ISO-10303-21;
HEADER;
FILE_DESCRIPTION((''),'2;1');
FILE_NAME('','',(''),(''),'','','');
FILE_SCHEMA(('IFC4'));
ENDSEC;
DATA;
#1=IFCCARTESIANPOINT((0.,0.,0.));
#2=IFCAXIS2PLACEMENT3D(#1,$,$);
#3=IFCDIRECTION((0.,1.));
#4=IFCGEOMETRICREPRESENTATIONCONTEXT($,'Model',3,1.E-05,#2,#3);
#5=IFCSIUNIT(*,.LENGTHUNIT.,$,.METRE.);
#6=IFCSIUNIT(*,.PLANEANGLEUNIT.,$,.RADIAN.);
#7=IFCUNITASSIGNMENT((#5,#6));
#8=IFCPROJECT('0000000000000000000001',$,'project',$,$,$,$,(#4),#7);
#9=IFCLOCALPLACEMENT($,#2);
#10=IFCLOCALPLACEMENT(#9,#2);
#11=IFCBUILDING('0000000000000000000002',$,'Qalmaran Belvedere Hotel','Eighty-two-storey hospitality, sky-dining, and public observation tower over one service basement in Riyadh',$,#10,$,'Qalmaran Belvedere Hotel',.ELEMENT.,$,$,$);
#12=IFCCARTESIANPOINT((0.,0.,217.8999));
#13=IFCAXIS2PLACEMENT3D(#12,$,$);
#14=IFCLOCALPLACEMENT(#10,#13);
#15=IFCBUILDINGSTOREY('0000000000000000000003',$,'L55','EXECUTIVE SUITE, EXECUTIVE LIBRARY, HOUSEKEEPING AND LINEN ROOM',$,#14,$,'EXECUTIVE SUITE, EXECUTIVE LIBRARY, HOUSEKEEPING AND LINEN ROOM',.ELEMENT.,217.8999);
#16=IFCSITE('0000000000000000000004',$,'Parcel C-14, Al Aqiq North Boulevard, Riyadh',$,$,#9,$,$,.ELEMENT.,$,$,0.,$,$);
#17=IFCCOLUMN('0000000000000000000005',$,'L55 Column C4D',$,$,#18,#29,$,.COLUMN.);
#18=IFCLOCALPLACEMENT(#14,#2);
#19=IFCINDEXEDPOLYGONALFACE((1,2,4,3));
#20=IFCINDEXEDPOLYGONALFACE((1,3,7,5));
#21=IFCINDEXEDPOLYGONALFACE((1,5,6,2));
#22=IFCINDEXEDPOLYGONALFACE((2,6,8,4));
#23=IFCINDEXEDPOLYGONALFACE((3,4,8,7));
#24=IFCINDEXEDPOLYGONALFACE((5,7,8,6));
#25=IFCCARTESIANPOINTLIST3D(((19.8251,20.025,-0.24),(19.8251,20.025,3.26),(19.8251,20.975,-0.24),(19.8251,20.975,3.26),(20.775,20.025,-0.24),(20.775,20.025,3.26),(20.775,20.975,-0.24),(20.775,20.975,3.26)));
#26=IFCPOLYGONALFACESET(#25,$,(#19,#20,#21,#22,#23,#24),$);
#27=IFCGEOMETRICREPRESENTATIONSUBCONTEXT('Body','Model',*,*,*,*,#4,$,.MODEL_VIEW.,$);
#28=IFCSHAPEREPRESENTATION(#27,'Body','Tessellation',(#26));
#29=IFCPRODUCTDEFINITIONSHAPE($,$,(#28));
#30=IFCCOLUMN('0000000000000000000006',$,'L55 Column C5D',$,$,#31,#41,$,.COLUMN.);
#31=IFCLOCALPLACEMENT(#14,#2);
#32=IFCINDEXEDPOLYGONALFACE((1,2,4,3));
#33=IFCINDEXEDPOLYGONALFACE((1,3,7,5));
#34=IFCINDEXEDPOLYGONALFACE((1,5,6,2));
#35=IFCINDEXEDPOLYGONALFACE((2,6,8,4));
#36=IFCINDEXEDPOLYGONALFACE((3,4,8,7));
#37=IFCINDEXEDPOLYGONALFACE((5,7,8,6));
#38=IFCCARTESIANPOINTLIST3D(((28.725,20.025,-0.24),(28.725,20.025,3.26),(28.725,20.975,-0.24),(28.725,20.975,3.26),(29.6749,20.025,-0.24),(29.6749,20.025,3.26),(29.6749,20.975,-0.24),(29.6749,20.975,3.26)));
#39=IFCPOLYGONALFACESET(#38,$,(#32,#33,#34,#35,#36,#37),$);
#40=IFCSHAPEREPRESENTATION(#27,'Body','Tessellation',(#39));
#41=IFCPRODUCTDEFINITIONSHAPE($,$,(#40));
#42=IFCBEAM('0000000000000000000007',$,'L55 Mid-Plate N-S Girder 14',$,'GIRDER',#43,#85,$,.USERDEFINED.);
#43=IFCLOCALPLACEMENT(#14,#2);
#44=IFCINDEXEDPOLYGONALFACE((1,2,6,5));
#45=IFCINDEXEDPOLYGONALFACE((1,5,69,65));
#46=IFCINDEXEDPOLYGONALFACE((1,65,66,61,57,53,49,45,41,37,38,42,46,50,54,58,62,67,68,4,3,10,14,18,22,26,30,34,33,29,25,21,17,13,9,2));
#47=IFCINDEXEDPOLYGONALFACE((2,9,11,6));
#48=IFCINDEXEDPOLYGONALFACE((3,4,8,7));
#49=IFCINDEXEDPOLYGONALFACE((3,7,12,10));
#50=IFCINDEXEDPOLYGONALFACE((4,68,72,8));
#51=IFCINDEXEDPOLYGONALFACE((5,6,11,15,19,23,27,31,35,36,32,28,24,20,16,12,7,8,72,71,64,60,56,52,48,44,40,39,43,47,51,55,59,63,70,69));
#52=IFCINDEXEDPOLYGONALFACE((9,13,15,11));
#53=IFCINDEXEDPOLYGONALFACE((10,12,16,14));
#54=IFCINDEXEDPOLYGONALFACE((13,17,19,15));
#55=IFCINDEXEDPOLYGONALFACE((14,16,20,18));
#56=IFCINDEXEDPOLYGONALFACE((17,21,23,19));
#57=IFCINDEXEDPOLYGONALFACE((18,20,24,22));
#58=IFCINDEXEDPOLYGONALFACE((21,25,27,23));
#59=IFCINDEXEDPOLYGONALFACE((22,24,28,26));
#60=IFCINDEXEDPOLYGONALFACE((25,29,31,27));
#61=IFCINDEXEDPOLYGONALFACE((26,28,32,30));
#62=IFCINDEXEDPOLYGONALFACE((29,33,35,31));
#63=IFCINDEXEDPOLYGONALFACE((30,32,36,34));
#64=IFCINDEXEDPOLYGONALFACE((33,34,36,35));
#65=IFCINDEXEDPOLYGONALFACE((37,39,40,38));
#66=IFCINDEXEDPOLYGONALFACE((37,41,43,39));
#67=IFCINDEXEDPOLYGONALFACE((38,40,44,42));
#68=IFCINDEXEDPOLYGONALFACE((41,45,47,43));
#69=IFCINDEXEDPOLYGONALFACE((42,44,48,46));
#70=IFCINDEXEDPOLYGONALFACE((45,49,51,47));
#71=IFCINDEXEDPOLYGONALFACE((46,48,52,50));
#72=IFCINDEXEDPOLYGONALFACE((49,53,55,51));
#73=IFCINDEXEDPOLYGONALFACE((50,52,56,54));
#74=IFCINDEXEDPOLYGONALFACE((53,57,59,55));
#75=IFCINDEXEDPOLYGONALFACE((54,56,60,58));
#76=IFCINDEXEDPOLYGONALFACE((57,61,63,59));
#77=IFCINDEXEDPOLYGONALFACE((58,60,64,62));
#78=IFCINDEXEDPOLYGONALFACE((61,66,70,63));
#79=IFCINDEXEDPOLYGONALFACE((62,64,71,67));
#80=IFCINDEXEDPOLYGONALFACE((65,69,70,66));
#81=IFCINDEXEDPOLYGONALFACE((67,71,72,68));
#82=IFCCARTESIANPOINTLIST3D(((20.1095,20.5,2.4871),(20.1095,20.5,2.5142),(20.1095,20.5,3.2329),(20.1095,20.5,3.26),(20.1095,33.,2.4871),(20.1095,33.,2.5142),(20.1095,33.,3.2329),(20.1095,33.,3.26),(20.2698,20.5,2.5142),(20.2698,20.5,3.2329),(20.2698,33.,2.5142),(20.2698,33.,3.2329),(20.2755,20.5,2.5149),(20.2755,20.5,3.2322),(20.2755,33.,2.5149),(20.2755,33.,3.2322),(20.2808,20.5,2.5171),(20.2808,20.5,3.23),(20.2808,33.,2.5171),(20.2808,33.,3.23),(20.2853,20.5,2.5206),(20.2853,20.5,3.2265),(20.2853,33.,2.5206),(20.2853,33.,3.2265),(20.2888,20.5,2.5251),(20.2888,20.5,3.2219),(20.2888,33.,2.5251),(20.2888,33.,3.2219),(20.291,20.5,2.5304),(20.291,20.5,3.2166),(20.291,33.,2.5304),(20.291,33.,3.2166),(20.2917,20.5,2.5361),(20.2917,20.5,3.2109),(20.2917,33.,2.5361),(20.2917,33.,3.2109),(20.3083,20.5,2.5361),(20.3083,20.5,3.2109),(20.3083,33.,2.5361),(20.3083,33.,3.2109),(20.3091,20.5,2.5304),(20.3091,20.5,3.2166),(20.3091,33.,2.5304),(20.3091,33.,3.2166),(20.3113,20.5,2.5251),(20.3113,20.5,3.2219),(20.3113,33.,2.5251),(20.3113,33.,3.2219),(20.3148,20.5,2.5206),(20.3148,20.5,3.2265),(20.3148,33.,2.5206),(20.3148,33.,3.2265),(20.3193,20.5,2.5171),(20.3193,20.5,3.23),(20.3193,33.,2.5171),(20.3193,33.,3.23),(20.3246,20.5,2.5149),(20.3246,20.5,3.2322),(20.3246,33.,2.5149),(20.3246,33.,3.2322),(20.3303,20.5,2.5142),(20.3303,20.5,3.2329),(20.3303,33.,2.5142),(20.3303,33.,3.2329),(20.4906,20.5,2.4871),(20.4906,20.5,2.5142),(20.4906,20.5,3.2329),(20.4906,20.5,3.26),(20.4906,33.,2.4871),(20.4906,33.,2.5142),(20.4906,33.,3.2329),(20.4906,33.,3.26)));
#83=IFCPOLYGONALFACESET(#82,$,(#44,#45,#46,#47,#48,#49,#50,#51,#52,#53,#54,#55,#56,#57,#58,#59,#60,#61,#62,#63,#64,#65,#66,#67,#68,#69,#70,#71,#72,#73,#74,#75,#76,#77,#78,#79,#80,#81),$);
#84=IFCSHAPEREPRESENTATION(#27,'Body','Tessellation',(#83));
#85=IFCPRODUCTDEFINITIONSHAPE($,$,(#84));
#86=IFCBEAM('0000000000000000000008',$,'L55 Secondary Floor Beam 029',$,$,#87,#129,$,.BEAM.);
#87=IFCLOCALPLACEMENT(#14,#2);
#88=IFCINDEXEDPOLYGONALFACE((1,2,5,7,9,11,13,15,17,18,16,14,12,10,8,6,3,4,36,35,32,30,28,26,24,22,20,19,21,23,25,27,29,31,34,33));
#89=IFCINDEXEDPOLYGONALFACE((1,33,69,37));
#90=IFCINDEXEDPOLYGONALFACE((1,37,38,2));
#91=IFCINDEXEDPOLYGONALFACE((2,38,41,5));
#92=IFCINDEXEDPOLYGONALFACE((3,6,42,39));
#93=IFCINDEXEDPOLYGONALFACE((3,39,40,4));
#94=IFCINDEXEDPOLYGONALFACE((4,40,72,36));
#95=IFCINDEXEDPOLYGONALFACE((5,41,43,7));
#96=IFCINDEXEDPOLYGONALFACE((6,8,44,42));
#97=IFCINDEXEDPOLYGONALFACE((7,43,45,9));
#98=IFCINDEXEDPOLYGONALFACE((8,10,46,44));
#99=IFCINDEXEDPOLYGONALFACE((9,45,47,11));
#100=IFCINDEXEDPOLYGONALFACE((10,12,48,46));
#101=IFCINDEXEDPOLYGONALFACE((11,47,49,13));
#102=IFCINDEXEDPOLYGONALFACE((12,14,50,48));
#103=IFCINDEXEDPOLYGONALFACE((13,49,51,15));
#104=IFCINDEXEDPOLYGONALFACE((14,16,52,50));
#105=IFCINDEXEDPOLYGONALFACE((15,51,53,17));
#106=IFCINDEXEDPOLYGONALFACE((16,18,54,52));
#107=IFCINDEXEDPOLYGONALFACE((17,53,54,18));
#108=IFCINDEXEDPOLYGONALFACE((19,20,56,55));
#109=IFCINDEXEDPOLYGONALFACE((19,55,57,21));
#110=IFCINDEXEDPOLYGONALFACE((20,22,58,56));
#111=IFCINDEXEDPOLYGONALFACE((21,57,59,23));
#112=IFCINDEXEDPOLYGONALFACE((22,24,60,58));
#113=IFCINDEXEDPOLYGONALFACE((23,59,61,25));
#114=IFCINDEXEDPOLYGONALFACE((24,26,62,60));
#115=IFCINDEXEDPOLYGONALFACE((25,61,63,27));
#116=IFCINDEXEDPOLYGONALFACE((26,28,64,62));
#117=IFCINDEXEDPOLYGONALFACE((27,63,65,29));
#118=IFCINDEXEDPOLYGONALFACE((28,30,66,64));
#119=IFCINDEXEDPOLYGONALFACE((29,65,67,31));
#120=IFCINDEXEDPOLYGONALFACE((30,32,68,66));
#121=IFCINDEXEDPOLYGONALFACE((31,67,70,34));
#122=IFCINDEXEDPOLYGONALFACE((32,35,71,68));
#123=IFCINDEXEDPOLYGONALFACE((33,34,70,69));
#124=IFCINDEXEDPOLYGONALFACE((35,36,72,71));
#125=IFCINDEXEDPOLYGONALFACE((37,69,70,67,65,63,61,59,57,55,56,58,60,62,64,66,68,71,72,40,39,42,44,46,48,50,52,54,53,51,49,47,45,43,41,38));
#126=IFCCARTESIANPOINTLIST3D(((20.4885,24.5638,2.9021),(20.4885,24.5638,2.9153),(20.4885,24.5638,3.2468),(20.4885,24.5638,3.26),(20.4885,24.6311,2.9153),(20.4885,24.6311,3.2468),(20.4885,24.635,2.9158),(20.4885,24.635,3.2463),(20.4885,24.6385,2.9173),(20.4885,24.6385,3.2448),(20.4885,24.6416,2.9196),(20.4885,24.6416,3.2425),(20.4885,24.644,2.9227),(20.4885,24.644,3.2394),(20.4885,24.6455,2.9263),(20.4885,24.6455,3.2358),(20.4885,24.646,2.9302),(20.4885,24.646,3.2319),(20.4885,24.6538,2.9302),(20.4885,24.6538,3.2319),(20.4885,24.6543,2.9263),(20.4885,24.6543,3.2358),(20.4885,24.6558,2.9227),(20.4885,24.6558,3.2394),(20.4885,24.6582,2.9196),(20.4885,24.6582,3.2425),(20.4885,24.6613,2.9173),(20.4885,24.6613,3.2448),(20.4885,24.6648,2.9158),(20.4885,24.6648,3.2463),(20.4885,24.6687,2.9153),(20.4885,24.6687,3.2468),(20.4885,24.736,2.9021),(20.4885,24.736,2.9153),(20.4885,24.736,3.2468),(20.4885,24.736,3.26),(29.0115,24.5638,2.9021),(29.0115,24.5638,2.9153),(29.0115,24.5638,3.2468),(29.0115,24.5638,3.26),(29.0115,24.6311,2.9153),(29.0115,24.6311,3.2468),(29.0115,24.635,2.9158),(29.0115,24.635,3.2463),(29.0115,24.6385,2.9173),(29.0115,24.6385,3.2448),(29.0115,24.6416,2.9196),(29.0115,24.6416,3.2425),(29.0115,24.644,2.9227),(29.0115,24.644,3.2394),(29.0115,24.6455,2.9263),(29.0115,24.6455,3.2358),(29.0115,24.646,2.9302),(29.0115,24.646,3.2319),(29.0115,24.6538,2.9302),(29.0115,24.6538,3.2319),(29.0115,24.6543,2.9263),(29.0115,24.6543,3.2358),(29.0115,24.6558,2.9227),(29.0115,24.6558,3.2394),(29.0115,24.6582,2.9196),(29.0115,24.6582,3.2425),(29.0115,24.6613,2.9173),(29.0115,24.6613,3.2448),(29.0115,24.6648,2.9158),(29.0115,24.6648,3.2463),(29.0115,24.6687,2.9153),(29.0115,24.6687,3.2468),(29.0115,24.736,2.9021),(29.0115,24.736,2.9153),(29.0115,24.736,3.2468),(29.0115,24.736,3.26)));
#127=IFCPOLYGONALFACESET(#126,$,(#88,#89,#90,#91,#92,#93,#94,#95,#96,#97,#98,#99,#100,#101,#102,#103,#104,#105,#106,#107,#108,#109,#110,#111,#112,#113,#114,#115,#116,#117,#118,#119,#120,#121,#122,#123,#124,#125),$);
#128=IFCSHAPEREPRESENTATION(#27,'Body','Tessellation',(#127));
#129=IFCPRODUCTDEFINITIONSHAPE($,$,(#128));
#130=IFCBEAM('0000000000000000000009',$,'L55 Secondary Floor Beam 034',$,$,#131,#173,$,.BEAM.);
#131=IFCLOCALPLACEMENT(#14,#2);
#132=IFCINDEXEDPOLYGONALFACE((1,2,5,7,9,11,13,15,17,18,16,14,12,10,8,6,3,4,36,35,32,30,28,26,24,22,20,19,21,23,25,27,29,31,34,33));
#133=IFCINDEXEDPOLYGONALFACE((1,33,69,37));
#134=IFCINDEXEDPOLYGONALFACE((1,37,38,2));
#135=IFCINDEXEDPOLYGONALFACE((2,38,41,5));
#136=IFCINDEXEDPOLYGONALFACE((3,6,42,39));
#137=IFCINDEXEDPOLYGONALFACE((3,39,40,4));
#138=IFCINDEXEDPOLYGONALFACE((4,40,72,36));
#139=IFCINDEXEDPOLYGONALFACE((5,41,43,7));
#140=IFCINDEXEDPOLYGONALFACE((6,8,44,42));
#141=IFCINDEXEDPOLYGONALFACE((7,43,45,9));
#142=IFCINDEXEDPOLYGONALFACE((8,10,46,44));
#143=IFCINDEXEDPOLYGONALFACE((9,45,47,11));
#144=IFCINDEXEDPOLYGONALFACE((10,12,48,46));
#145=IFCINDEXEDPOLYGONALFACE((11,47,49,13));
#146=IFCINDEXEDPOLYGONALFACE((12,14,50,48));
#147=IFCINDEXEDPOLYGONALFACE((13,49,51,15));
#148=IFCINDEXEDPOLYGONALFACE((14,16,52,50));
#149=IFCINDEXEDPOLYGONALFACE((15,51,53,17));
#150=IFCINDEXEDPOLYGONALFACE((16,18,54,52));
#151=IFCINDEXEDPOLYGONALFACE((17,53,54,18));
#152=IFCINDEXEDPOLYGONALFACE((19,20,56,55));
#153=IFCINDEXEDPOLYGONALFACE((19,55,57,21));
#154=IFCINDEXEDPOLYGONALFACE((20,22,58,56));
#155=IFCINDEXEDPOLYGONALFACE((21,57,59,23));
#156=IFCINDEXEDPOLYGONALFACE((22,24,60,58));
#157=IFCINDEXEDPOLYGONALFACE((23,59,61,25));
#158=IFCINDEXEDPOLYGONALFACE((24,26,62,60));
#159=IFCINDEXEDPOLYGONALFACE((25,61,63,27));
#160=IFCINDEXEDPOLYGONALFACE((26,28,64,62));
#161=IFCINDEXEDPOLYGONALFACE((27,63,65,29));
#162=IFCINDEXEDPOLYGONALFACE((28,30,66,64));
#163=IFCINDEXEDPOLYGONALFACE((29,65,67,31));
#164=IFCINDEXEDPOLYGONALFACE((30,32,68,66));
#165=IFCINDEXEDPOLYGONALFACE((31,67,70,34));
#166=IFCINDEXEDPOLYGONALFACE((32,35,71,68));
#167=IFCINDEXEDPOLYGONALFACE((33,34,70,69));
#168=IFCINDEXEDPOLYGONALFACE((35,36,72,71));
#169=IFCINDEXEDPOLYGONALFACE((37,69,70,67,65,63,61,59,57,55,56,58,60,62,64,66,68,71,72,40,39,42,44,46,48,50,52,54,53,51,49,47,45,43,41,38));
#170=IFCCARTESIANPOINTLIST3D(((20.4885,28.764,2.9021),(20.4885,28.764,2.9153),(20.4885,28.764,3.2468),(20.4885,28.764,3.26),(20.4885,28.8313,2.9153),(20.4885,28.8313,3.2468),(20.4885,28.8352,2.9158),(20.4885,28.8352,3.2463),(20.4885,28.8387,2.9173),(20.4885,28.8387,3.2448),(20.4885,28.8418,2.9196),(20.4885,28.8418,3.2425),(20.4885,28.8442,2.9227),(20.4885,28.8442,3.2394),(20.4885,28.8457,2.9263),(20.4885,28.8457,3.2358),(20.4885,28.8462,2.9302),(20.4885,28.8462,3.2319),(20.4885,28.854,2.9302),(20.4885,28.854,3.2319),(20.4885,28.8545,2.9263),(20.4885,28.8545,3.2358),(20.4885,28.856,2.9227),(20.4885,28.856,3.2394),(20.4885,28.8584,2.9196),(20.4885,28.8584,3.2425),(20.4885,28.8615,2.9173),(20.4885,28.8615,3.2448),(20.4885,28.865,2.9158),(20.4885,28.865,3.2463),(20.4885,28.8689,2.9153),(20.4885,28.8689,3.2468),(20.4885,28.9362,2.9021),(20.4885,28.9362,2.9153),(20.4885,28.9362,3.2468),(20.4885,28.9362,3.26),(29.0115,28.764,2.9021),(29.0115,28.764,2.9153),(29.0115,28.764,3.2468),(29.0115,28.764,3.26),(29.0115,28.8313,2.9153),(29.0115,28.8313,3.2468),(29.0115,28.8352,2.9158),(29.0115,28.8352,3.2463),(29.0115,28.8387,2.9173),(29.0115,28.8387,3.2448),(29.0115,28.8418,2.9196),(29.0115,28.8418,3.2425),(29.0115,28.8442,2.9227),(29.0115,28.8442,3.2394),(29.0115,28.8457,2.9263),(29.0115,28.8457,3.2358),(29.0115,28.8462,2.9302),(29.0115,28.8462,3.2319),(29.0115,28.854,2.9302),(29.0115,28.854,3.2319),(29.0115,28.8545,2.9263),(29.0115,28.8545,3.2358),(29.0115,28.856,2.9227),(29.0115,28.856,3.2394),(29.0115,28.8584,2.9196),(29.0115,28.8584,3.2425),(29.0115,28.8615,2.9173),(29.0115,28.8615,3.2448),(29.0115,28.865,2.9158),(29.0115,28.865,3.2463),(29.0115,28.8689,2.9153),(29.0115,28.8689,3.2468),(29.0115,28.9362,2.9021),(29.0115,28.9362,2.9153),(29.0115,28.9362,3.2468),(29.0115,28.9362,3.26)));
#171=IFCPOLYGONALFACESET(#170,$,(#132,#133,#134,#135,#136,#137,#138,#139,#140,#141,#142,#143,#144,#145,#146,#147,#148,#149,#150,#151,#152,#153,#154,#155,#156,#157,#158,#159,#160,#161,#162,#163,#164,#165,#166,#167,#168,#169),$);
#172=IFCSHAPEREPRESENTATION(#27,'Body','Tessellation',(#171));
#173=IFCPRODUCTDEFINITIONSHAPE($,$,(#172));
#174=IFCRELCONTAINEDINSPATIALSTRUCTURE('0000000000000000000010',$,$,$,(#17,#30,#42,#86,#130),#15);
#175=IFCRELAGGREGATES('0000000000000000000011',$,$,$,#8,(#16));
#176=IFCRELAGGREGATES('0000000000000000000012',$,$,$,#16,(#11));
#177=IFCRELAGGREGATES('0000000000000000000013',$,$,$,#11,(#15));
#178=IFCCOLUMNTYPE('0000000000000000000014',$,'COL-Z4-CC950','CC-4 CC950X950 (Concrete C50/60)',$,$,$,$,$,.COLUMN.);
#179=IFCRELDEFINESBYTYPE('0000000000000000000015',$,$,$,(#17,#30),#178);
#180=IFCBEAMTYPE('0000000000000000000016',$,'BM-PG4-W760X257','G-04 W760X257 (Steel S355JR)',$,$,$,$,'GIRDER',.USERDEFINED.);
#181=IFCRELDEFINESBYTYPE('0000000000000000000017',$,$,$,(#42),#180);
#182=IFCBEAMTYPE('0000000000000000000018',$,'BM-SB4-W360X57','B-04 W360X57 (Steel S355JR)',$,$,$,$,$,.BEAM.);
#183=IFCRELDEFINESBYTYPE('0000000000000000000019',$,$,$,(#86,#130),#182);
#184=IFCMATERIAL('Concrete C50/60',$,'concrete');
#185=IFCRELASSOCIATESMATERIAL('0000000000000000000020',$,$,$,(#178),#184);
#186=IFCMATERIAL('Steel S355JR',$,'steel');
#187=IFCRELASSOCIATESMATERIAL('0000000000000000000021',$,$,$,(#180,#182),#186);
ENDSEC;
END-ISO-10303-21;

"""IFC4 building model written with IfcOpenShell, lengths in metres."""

from ifc_helpers import new_model, si_unit, direction, frame, origin, origin_2d, place, context, subcontext, project, spatial, rectangle, i_section, extrude, material, material_profile, profile_set, type_object, element, save


model = new_model("IFC4")

# Units and contexts
model_context = context("Model", 3, precision=1e-05, world=origin(), true_north=direction((0.0, 1.0)))
body_context = subcontext(model_context, "Body", "Model", "MODEL_VIEW")
ifc_project = project(units=[si_unit("LENGTHUNIT", "METRE"), si_unit("PLANEANGLEUNIT", "RADIAN")], contexts=[model_context])

# Site, building, storey
site_placement = place(None, origin())
site = spatial("IfcSite", under=ifc_project, at=site_placement, Name="Parcel C-14, Al Aqiq North Boulevard, Riyadh", CompositionType="ELEMENT", RefElevation=0.0)
building_placement = place(site_placement, origin())
building = spatial("IfcBuilding", under=site, at=building_placement, Name="Qalmaran Belvedere Hotel", Description="Eighty-two-storey hospitality, sky-dining, and public observation tower over one service basement in Riyadh", LongName="Qalmaran Belvedere Hotel", CompositionType="ELEMENT")
storey_placement = place(building_placement, frame((0.0, 0.0, 217.8999)))
storey = spatial("IfcBuildingStorey", under=building, at=storey_placement, Name="L55", Description="EXECUTIVE SUITE, EXECUTIVE LIBRARY, HOUSEKEEPING AND LINEN ROOM", LongName="EXECUTIVE SUITE, EXECUTIVE LIBRARY, HOUSEKEEPING AND LINEN ROOM", CompositionType="ELEMENT", Elevation=217.8999)

# Columns
ifc_material_1 = material(Name="Concrete C50/60", Category="concrete")
ifc_material_profile_1 = material_profile(ifc_material_1, rectangle(XDim=0.95, YDim=0.95, at=origin_2d()), Name="CC950X950")
ifc_profile_set_1 = profile_set([ifc_material_profile_1], Name="Concrete C50/60")
column_type = type_object("IfcColumnType", Name="COL-Z4-CC950", Description="CC-4 CC950X950 (Concrete C50/60)", PredefinedType="COLUMN", material=ifc_profile_set_1)
for number, where, z_axis, x_axis, name in (
    (1, (20.3, 20.5, -0.24), (0.0, 0.0, 1.0), (1.0, 0.0, 0.0), "L55 Column C4D"),
    (2, (29.2, 20.5, -0.24), (0.0, 0.0, 1.0), (1.0, 0.0, 0.0), "L55 Column C5D"),
):
    element("IfcColumn", number, at=place(storey_placement, frame(where, z_axis=z_axis, x_axis=x_axis)), inside=storey, type_object=column_type, Name=name, PredefinedType="COLUMN", context=body_context, shape_type="SweptSolid", body=[
        extrude(rectangle(XDim=0.95, YDim=0.95, at=origin_2d()), origin(), (0.0, 0.0, 1.0), 3.5),
    ])

# Beams
ifc_material_2 = material(Name="Steel S355JR", Category="steel")
ifc_material_profile_2 = material_profile(ifc_material_2, i_section(OverallWidth=0.3811, OverallDepth=0.7729, WebThickness=0.0166, FlangeThickness=0.0271, FilletRadius=0.022, at=origin_2d()), Name="W760X257")
ifc_profile_set_2 = profile_set([ifc_material_profile_2], Name="Steel S355JR")
beam_type_1 = type_object("IfcBeamType", Name="BM-PG4-W760X257", Description="G-04 W760X257 (Steel S355JR)", ElementType="GIRDER", PredefinedType="USERDEFINED", material=ifc_profile_set_2)
beam_1_placement = place(storey_placement, frame((20.3, 20.5, 2.8735), z_axis=(0.0, 1.0, 0.0), x_axis=(-1.0, 0.0, 0.0)))
element("IfcBeam", 3, at=beam_1_placement, inside=storey, type_object=beam_type_1, Name="L55 Mid-Plate N-S Girder 14", ObjectType="GIRDER", PredefinedType="USERDEFINED", context=body_context, shape_type="SweptSolid", body=[
    extrude(i_section(OverallWidth=0.3811, OverallDepth=0.7729, WebThickness=0.0166, FlangeThickness=0.0271, FilletRadius=0.022, at=origin_2d()), origin(), (0.0, 0.0, 1.0), 12.5),
])
ifc_material_profile_3 = material_profile(ifc_material_2, i_section(OverallWidth=0.1721, OverallDepth=0.3579, WebThickness=0.0078, FlangeThickness=0.0132, FilletRadius=0.0149, at=origin_2d()), Name="W360X57")
ifc_profile_set_3 = profile_set([ifc_material_profile_3], Name="Steel S355JR")
beam_type_2 = type_object("IfcBeamType", Name="BM-SB4-W360X57", Description="B-04 W360X57 (Steel S355JR)", PredefinedType="BEAM", material=ifc_profile_set_3)
for number, where, z_axis, x_axis, name in (
    (4, (20.4885, 24.6499, 3.0811), (1.0, 0.0, 0.0), (0.0, 1.0, 0.0), "L55 Secondary Floor Beam 029"),
    (5, (20.4885, 28.8501, 3.0811), (1.0, 0.0, 0.0), (0.0, 1.0, 0.0), "L55 Secondary Floor Beam 034"),
):
    element("IfcBeam", number, at=place(storey_placement, frame(where, z_axis=z_axis, x_axis=x_axis)), inside=storey, type_object=beam_type_2, Name=name, PredefinedType="BEAM", context=body_context, shape_type="SweptSolid", body=[
        extrude(i_section(OverallWidth=0.1721, OverallDepth=0.3579, WebThickness=0.0078, FlangeThickness=0.0132, FilletRadius=0.0149, at=origin_2d()), origin(), (0.0, 0.0, 1.0), 8.5229),
    ])

save(model, "model.ifc")
